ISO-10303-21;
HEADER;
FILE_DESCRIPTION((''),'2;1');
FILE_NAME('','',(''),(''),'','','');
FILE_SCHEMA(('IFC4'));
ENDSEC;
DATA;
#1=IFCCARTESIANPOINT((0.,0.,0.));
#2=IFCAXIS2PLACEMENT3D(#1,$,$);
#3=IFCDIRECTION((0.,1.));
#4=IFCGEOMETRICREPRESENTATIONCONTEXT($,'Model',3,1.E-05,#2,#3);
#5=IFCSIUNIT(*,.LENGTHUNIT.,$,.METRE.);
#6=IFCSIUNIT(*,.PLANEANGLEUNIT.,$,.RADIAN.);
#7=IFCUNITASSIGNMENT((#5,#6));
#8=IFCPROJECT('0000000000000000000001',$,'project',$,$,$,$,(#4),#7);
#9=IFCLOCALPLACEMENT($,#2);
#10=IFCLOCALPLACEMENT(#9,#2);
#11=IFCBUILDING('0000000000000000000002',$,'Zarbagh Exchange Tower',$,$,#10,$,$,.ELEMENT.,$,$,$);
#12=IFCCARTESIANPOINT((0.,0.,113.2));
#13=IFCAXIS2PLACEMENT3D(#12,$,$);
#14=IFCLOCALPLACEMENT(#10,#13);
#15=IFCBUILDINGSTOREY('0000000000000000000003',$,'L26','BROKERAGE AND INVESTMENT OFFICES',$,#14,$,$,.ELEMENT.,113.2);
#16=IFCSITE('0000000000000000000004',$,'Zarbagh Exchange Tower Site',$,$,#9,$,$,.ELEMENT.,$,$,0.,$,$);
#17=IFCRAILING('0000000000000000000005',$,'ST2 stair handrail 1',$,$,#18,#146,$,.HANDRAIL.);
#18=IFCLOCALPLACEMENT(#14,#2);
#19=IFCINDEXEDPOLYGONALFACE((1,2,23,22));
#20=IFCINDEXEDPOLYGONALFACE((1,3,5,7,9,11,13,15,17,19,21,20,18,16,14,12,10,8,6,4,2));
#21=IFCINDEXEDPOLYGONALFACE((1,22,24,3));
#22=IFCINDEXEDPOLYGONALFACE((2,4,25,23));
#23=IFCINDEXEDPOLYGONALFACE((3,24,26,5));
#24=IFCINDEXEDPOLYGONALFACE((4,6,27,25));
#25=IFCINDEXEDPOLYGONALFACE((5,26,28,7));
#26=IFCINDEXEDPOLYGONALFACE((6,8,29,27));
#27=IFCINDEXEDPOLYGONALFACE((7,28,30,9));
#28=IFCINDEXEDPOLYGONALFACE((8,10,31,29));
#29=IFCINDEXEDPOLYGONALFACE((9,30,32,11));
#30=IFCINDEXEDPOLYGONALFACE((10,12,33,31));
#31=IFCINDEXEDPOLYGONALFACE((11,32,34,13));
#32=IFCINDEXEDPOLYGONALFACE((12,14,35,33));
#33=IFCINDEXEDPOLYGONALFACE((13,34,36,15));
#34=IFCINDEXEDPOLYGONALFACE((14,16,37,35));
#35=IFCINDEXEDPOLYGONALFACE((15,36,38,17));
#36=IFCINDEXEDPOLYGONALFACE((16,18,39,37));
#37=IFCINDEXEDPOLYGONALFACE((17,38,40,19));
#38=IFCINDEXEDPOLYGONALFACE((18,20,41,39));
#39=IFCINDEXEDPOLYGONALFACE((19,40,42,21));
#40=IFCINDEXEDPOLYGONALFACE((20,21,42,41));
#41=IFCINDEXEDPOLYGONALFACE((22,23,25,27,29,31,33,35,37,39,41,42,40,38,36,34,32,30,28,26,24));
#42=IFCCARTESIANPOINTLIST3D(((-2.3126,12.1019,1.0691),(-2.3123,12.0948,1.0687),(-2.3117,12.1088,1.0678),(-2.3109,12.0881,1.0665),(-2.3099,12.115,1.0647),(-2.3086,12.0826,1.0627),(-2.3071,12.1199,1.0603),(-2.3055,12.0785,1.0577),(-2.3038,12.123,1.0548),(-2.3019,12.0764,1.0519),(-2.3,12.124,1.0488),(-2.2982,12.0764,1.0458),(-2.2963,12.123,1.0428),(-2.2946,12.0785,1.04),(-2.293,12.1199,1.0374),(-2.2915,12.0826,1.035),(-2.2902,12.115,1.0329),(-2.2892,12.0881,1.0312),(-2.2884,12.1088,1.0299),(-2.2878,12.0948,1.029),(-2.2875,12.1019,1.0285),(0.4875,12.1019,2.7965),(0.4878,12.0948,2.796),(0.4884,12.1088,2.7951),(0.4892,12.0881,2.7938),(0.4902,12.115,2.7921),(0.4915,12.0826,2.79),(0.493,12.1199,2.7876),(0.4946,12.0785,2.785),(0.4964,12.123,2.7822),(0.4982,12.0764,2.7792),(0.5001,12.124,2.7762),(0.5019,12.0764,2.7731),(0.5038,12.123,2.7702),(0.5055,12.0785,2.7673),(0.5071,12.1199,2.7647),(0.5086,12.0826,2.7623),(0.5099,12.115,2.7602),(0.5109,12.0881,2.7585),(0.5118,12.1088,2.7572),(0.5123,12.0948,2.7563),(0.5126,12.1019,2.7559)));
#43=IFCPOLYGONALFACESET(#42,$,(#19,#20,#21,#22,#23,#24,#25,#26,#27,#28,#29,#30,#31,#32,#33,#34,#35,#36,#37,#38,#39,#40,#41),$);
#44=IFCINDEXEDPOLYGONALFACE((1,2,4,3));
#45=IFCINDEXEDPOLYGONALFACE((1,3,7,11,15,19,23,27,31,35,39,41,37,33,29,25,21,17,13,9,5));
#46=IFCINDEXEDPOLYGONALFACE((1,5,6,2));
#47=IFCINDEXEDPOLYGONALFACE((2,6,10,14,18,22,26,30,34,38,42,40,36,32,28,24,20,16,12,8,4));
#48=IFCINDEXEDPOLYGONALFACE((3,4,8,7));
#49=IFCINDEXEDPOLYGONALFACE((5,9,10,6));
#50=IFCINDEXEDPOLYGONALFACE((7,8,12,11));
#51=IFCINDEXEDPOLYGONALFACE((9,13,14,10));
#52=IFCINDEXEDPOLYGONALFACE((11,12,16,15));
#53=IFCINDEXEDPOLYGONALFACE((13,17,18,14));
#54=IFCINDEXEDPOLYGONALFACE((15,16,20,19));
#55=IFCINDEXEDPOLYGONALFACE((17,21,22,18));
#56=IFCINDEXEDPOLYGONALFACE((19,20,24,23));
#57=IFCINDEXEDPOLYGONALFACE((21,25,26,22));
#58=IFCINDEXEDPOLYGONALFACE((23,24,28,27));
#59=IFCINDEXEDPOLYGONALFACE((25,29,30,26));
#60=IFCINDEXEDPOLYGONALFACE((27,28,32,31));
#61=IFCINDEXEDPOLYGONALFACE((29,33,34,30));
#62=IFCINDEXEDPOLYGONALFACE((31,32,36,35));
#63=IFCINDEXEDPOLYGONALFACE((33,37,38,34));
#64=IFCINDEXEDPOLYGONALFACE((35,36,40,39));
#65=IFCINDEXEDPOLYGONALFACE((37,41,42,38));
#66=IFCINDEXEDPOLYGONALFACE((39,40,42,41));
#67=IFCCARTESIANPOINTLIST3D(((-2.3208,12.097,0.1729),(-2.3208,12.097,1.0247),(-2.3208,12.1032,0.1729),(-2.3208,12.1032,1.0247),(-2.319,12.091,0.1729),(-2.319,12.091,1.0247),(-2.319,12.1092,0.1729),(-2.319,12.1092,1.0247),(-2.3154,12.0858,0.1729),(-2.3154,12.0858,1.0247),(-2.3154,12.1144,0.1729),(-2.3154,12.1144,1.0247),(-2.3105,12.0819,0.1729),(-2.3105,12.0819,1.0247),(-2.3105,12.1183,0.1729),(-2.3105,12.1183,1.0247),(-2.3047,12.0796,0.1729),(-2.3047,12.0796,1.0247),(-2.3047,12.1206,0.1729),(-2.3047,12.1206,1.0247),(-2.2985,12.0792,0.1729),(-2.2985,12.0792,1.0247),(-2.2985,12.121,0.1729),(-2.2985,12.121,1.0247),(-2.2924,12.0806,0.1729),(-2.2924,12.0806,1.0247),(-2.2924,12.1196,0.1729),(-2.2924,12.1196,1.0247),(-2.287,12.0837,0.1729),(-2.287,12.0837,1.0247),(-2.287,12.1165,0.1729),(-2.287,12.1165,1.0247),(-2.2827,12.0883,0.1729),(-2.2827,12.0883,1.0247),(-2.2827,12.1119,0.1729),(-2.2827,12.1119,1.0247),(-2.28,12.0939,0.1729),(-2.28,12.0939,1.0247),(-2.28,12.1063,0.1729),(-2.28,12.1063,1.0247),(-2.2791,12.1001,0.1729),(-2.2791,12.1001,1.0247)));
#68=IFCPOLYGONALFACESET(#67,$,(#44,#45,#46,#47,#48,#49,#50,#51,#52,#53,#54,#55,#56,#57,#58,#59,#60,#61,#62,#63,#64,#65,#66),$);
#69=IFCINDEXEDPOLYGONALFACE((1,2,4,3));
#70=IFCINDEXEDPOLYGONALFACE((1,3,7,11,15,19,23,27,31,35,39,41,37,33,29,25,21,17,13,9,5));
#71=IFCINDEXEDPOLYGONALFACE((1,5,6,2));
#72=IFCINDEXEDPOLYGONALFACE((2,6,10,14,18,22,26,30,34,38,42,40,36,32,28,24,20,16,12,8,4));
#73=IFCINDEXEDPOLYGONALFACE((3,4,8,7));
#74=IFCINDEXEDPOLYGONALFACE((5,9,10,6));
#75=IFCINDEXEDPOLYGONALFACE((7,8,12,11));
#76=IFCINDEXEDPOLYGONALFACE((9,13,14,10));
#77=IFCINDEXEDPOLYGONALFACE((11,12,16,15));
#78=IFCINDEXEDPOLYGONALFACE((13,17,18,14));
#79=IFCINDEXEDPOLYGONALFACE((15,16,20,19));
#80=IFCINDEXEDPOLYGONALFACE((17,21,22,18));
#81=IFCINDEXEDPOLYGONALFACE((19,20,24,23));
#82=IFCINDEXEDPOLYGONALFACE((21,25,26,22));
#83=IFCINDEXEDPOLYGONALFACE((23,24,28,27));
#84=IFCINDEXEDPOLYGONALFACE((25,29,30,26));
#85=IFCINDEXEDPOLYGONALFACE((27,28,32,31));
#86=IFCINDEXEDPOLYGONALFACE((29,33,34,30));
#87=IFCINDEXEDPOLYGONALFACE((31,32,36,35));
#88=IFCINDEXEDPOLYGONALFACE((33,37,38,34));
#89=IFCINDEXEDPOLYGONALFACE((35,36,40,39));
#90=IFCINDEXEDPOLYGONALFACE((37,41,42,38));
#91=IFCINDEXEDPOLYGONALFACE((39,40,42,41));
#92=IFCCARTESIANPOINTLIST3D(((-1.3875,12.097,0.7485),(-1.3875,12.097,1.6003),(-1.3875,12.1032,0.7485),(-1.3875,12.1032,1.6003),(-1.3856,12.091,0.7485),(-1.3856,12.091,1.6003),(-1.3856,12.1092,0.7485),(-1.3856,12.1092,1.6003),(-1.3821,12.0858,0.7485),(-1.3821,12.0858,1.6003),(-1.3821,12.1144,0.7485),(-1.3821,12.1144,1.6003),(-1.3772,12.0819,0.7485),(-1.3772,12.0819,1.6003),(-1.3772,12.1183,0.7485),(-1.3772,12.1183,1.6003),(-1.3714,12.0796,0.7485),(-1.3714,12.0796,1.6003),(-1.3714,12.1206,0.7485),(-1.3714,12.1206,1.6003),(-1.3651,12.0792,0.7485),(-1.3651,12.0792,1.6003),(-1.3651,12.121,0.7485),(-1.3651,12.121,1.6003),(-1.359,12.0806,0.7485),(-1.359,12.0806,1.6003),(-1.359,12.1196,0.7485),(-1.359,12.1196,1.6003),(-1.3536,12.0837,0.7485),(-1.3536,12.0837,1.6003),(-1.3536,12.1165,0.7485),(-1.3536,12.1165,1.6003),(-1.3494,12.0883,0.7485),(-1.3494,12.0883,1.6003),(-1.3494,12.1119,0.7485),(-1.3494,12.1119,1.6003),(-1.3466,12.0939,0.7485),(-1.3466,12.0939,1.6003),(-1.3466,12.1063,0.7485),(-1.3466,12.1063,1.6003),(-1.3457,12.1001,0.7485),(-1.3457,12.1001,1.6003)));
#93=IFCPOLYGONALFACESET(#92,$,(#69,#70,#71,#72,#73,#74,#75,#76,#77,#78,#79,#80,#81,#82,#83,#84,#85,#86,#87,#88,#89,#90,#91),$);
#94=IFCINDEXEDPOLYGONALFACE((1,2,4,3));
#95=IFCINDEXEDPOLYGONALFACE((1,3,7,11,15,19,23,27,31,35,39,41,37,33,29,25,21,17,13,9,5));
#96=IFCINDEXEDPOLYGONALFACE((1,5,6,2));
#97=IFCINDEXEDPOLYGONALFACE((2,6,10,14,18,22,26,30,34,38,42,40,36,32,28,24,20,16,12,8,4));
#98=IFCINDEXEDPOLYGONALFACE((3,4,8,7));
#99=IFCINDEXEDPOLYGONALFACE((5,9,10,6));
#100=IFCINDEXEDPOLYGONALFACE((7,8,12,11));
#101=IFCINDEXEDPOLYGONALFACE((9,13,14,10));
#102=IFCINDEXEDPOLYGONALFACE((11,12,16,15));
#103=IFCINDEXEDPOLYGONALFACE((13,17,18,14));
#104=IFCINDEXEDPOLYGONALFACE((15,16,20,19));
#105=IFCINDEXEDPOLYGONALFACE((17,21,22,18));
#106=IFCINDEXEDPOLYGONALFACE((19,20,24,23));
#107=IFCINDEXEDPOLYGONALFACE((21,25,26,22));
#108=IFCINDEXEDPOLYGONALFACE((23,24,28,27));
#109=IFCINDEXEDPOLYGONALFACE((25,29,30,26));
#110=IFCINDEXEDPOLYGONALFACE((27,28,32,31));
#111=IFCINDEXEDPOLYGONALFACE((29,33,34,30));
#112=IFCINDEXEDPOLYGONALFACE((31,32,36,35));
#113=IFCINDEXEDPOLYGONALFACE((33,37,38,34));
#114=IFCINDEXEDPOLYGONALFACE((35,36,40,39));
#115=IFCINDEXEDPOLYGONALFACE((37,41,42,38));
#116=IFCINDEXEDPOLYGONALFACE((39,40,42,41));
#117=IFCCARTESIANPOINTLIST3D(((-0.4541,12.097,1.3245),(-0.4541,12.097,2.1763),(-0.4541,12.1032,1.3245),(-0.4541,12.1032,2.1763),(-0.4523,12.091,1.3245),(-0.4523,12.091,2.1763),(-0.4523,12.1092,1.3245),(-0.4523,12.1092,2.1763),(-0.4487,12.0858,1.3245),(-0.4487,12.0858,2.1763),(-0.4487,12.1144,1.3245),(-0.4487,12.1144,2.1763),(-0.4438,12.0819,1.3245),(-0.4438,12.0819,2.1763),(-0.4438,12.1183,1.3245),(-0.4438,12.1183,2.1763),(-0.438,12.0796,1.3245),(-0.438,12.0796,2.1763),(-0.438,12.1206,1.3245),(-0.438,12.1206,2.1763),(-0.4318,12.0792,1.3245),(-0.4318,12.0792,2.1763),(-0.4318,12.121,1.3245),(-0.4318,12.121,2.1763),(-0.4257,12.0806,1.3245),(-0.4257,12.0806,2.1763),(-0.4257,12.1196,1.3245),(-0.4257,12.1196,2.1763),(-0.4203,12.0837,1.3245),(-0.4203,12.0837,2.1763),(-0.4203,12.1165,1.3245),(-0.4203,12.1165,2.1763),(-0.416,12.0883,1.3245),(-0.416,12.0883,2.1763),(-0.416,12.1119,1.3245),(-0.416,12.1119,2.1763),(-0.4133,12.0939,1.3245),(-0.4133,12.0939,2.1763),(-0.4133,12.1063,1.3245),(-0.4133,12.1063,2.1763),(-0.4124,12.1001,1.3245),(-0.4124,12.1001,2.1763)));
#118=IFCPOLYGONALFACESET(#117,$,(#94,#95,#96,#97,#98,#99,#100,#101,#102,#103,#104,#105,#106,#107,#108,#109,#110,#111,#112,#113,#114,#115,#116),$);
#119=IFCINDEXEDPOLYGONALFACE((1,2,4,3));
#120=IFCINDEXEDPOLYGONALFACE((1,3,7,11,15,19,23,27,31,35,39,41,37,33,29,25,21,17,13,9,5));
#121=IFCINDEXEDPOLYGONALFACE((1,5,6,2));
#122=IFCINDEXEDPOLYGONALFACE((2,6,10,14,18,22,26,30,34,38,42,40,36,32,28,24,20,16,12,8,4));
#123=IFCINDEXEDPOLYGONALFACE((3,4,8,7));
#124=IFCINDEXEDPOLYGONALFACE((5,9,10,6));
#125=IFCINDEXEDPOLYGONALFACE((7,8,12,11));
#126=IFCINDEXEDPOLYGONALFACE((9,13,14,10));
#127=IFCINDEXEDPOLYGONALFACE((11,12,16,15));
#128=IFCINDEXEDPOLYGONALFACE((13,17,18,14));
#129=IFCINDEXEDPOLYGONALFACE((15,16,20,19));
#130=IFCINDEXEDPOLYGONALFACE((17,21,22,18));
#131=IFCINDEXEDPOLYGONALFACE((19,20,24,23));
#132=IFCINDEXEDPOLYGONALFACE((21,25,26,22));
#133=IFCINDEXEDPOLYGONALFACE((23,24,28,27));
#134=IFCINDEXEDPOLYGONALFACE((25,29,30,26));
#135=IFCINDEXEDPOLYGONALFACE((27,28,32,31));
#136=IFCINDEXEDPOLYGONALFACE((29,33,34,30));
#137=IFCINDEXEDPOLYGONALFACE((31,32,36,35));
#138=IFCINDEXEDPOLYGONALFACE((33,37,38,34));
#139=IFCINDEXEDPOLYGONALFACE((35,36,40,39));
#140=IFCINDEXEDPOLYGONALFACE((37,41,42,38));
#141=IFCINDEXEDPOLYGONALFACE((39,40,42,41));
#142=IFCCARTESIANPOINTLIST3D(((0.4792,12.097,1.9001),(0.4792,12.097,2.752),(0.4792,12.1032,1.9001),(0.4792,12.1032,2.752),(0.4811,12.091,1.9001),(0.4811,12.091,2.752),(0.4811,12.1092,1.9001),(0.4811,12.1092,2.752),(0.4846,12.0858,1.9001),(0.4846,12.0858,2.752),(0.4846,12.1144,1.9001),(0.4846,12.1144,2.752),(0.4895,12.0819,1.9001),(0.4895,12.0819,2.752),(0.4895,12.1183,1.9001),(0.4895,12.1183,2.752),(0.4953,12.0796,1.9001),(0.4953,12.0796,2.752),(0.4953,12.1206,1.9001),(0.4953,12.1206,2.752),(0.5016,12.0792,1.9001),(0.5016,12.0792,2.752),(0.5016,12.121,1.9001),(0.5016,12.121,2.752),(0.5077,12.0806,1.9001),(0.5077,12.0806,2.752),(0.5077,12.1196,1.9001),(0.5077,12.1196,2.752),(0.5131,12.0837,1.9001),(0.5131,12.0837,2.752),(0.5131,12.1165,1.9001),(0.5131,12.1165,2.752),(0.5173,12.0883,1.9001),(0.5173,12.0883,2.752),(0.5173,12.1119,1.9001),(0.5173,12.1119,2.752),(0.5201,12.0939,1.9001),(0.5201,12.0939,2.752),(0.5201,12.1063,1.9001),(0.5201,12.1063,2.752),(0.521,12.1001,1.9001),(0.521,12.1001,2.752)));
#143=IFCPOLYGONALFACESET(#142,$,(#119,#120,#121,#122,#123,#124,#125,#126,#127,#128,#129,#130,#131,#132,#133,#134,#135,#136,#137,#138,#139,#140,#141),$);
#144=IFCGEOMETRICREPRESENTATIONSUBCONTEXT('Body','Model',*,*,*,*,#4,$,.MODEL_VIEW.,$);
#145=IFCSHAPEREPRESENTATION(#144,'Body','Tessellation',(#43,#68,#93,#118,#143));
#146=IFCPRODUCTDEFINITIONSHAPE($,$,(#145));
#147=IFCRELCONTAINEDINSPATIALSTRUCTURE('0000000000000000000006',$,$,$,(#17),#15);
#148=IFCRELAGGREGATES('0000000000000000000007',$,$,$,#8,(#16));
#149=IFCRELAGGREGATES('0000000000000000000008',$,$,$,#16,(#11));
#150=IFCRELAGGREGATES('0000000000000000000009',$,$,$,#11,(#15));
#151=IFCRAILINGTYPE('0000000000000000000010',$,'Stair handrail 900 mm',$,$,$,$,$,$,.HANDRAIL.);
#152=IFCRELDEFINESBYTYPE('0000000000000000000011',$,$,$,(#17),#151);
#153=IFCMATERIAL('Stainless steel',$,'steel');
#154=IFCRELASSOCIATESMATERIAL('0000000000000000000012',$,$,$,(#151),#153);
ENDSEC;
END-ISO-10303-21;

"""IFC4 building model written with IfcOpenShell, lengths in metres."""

from ifc_helpers import new_model, si_unit, direction, frame, origin, origin_2d, place, context, subcontext, project, spatial, circle, extrude, material, type_object, element, save


model = new_model("IFC4")

# Units and contexts
model_context = context("Model", 3, precision=1e-05, world=origin(), true_north=direction((0.0, 1.0)))
body_context = subcontext(model_context, "Body", "Model", "MODEL_VIEW")
ifc_project = project(units=[si_unit("LENGTHUNIT", "METRE"), si_unit("PLANEANGLEUNIT", "RADIAN")], contexts=[model_context])

# Site, building, storey
site_placement = place(None, origin())
site = spatial("IfcSite", under=ifc_project, at=site_placement, Name="Zarbagh Exchange Tower Site", CompositionType="ELEMENT", RefElevation=0.0)
building_placement = place(site_placement, origin())
building = spatial("IfcBuilding", under=site, at=building_placement, Name="Zarbagh Exchange Tower", CompositionType="ELEMENT")
storey_placement = place(building_placement, frame((0.0, 0.0, 113.2)))
storey = spatial("IfcBuildingStorey", under=building, at=storey_placement, Name="L26", Description="BROKERAGE AND INVESTMENT OFFICES", CompositionType="ELEMENT", Elevation=113.2)

# Shared definitions
ifc_material_1 = material(Name="Stainless steel", Category="steel")

# Railing
railing_type_1 = type_object("IfcRailingType", Name="Stair handrail 900 mm", PredefinedType="HANDRAIL", material=ifc_material_1)
for number, where, name in (
    (1, (-2.3, 12.1001, 0.1729), "ST2 stair handrail 1"),
):
    element("IfcRailing", number, at=place(storey_placement, frame(where)), inside=storey, type_object=railing_type_1, Name=name, PredefinedType="HANDRAIL", context=body_context, shape_type="SweptSolid", body=[
        extrude(circle(Radius=0.0239, at=origin_2d()), frame((0.0, 0.0, 0.876), z_axis=(0.85109, 0.0, 0.52502), x_axis=(0.0, 1.0, 0.0)), (0.0, 0.0, 1.0), 3.29),
        extrude(circle(Radius=0.021, at=origin_2d()), origin(), (0.0, 0.0, 1.0), 0.8518),
        extrude(circle(Radius=0.021, at=origin_2d()), frame((0.9333, 0.0, 0.5757)), (0.0, 0.0, 1.0), 0.8518),
        extrude(circle(Radius=0.021, at=origin_2d()), frame((1.8667, 0.0, 1.1516)), (0.0, 0.0, 1.0), 0.8518),
        extrude(circle(Radius=0.021, at=origin_2d()), frame((2.8, 0.0, 1.7273)), (0.0, 0.0, 1.0), 0.8518),
    ])

save(model, "model.ifc")
